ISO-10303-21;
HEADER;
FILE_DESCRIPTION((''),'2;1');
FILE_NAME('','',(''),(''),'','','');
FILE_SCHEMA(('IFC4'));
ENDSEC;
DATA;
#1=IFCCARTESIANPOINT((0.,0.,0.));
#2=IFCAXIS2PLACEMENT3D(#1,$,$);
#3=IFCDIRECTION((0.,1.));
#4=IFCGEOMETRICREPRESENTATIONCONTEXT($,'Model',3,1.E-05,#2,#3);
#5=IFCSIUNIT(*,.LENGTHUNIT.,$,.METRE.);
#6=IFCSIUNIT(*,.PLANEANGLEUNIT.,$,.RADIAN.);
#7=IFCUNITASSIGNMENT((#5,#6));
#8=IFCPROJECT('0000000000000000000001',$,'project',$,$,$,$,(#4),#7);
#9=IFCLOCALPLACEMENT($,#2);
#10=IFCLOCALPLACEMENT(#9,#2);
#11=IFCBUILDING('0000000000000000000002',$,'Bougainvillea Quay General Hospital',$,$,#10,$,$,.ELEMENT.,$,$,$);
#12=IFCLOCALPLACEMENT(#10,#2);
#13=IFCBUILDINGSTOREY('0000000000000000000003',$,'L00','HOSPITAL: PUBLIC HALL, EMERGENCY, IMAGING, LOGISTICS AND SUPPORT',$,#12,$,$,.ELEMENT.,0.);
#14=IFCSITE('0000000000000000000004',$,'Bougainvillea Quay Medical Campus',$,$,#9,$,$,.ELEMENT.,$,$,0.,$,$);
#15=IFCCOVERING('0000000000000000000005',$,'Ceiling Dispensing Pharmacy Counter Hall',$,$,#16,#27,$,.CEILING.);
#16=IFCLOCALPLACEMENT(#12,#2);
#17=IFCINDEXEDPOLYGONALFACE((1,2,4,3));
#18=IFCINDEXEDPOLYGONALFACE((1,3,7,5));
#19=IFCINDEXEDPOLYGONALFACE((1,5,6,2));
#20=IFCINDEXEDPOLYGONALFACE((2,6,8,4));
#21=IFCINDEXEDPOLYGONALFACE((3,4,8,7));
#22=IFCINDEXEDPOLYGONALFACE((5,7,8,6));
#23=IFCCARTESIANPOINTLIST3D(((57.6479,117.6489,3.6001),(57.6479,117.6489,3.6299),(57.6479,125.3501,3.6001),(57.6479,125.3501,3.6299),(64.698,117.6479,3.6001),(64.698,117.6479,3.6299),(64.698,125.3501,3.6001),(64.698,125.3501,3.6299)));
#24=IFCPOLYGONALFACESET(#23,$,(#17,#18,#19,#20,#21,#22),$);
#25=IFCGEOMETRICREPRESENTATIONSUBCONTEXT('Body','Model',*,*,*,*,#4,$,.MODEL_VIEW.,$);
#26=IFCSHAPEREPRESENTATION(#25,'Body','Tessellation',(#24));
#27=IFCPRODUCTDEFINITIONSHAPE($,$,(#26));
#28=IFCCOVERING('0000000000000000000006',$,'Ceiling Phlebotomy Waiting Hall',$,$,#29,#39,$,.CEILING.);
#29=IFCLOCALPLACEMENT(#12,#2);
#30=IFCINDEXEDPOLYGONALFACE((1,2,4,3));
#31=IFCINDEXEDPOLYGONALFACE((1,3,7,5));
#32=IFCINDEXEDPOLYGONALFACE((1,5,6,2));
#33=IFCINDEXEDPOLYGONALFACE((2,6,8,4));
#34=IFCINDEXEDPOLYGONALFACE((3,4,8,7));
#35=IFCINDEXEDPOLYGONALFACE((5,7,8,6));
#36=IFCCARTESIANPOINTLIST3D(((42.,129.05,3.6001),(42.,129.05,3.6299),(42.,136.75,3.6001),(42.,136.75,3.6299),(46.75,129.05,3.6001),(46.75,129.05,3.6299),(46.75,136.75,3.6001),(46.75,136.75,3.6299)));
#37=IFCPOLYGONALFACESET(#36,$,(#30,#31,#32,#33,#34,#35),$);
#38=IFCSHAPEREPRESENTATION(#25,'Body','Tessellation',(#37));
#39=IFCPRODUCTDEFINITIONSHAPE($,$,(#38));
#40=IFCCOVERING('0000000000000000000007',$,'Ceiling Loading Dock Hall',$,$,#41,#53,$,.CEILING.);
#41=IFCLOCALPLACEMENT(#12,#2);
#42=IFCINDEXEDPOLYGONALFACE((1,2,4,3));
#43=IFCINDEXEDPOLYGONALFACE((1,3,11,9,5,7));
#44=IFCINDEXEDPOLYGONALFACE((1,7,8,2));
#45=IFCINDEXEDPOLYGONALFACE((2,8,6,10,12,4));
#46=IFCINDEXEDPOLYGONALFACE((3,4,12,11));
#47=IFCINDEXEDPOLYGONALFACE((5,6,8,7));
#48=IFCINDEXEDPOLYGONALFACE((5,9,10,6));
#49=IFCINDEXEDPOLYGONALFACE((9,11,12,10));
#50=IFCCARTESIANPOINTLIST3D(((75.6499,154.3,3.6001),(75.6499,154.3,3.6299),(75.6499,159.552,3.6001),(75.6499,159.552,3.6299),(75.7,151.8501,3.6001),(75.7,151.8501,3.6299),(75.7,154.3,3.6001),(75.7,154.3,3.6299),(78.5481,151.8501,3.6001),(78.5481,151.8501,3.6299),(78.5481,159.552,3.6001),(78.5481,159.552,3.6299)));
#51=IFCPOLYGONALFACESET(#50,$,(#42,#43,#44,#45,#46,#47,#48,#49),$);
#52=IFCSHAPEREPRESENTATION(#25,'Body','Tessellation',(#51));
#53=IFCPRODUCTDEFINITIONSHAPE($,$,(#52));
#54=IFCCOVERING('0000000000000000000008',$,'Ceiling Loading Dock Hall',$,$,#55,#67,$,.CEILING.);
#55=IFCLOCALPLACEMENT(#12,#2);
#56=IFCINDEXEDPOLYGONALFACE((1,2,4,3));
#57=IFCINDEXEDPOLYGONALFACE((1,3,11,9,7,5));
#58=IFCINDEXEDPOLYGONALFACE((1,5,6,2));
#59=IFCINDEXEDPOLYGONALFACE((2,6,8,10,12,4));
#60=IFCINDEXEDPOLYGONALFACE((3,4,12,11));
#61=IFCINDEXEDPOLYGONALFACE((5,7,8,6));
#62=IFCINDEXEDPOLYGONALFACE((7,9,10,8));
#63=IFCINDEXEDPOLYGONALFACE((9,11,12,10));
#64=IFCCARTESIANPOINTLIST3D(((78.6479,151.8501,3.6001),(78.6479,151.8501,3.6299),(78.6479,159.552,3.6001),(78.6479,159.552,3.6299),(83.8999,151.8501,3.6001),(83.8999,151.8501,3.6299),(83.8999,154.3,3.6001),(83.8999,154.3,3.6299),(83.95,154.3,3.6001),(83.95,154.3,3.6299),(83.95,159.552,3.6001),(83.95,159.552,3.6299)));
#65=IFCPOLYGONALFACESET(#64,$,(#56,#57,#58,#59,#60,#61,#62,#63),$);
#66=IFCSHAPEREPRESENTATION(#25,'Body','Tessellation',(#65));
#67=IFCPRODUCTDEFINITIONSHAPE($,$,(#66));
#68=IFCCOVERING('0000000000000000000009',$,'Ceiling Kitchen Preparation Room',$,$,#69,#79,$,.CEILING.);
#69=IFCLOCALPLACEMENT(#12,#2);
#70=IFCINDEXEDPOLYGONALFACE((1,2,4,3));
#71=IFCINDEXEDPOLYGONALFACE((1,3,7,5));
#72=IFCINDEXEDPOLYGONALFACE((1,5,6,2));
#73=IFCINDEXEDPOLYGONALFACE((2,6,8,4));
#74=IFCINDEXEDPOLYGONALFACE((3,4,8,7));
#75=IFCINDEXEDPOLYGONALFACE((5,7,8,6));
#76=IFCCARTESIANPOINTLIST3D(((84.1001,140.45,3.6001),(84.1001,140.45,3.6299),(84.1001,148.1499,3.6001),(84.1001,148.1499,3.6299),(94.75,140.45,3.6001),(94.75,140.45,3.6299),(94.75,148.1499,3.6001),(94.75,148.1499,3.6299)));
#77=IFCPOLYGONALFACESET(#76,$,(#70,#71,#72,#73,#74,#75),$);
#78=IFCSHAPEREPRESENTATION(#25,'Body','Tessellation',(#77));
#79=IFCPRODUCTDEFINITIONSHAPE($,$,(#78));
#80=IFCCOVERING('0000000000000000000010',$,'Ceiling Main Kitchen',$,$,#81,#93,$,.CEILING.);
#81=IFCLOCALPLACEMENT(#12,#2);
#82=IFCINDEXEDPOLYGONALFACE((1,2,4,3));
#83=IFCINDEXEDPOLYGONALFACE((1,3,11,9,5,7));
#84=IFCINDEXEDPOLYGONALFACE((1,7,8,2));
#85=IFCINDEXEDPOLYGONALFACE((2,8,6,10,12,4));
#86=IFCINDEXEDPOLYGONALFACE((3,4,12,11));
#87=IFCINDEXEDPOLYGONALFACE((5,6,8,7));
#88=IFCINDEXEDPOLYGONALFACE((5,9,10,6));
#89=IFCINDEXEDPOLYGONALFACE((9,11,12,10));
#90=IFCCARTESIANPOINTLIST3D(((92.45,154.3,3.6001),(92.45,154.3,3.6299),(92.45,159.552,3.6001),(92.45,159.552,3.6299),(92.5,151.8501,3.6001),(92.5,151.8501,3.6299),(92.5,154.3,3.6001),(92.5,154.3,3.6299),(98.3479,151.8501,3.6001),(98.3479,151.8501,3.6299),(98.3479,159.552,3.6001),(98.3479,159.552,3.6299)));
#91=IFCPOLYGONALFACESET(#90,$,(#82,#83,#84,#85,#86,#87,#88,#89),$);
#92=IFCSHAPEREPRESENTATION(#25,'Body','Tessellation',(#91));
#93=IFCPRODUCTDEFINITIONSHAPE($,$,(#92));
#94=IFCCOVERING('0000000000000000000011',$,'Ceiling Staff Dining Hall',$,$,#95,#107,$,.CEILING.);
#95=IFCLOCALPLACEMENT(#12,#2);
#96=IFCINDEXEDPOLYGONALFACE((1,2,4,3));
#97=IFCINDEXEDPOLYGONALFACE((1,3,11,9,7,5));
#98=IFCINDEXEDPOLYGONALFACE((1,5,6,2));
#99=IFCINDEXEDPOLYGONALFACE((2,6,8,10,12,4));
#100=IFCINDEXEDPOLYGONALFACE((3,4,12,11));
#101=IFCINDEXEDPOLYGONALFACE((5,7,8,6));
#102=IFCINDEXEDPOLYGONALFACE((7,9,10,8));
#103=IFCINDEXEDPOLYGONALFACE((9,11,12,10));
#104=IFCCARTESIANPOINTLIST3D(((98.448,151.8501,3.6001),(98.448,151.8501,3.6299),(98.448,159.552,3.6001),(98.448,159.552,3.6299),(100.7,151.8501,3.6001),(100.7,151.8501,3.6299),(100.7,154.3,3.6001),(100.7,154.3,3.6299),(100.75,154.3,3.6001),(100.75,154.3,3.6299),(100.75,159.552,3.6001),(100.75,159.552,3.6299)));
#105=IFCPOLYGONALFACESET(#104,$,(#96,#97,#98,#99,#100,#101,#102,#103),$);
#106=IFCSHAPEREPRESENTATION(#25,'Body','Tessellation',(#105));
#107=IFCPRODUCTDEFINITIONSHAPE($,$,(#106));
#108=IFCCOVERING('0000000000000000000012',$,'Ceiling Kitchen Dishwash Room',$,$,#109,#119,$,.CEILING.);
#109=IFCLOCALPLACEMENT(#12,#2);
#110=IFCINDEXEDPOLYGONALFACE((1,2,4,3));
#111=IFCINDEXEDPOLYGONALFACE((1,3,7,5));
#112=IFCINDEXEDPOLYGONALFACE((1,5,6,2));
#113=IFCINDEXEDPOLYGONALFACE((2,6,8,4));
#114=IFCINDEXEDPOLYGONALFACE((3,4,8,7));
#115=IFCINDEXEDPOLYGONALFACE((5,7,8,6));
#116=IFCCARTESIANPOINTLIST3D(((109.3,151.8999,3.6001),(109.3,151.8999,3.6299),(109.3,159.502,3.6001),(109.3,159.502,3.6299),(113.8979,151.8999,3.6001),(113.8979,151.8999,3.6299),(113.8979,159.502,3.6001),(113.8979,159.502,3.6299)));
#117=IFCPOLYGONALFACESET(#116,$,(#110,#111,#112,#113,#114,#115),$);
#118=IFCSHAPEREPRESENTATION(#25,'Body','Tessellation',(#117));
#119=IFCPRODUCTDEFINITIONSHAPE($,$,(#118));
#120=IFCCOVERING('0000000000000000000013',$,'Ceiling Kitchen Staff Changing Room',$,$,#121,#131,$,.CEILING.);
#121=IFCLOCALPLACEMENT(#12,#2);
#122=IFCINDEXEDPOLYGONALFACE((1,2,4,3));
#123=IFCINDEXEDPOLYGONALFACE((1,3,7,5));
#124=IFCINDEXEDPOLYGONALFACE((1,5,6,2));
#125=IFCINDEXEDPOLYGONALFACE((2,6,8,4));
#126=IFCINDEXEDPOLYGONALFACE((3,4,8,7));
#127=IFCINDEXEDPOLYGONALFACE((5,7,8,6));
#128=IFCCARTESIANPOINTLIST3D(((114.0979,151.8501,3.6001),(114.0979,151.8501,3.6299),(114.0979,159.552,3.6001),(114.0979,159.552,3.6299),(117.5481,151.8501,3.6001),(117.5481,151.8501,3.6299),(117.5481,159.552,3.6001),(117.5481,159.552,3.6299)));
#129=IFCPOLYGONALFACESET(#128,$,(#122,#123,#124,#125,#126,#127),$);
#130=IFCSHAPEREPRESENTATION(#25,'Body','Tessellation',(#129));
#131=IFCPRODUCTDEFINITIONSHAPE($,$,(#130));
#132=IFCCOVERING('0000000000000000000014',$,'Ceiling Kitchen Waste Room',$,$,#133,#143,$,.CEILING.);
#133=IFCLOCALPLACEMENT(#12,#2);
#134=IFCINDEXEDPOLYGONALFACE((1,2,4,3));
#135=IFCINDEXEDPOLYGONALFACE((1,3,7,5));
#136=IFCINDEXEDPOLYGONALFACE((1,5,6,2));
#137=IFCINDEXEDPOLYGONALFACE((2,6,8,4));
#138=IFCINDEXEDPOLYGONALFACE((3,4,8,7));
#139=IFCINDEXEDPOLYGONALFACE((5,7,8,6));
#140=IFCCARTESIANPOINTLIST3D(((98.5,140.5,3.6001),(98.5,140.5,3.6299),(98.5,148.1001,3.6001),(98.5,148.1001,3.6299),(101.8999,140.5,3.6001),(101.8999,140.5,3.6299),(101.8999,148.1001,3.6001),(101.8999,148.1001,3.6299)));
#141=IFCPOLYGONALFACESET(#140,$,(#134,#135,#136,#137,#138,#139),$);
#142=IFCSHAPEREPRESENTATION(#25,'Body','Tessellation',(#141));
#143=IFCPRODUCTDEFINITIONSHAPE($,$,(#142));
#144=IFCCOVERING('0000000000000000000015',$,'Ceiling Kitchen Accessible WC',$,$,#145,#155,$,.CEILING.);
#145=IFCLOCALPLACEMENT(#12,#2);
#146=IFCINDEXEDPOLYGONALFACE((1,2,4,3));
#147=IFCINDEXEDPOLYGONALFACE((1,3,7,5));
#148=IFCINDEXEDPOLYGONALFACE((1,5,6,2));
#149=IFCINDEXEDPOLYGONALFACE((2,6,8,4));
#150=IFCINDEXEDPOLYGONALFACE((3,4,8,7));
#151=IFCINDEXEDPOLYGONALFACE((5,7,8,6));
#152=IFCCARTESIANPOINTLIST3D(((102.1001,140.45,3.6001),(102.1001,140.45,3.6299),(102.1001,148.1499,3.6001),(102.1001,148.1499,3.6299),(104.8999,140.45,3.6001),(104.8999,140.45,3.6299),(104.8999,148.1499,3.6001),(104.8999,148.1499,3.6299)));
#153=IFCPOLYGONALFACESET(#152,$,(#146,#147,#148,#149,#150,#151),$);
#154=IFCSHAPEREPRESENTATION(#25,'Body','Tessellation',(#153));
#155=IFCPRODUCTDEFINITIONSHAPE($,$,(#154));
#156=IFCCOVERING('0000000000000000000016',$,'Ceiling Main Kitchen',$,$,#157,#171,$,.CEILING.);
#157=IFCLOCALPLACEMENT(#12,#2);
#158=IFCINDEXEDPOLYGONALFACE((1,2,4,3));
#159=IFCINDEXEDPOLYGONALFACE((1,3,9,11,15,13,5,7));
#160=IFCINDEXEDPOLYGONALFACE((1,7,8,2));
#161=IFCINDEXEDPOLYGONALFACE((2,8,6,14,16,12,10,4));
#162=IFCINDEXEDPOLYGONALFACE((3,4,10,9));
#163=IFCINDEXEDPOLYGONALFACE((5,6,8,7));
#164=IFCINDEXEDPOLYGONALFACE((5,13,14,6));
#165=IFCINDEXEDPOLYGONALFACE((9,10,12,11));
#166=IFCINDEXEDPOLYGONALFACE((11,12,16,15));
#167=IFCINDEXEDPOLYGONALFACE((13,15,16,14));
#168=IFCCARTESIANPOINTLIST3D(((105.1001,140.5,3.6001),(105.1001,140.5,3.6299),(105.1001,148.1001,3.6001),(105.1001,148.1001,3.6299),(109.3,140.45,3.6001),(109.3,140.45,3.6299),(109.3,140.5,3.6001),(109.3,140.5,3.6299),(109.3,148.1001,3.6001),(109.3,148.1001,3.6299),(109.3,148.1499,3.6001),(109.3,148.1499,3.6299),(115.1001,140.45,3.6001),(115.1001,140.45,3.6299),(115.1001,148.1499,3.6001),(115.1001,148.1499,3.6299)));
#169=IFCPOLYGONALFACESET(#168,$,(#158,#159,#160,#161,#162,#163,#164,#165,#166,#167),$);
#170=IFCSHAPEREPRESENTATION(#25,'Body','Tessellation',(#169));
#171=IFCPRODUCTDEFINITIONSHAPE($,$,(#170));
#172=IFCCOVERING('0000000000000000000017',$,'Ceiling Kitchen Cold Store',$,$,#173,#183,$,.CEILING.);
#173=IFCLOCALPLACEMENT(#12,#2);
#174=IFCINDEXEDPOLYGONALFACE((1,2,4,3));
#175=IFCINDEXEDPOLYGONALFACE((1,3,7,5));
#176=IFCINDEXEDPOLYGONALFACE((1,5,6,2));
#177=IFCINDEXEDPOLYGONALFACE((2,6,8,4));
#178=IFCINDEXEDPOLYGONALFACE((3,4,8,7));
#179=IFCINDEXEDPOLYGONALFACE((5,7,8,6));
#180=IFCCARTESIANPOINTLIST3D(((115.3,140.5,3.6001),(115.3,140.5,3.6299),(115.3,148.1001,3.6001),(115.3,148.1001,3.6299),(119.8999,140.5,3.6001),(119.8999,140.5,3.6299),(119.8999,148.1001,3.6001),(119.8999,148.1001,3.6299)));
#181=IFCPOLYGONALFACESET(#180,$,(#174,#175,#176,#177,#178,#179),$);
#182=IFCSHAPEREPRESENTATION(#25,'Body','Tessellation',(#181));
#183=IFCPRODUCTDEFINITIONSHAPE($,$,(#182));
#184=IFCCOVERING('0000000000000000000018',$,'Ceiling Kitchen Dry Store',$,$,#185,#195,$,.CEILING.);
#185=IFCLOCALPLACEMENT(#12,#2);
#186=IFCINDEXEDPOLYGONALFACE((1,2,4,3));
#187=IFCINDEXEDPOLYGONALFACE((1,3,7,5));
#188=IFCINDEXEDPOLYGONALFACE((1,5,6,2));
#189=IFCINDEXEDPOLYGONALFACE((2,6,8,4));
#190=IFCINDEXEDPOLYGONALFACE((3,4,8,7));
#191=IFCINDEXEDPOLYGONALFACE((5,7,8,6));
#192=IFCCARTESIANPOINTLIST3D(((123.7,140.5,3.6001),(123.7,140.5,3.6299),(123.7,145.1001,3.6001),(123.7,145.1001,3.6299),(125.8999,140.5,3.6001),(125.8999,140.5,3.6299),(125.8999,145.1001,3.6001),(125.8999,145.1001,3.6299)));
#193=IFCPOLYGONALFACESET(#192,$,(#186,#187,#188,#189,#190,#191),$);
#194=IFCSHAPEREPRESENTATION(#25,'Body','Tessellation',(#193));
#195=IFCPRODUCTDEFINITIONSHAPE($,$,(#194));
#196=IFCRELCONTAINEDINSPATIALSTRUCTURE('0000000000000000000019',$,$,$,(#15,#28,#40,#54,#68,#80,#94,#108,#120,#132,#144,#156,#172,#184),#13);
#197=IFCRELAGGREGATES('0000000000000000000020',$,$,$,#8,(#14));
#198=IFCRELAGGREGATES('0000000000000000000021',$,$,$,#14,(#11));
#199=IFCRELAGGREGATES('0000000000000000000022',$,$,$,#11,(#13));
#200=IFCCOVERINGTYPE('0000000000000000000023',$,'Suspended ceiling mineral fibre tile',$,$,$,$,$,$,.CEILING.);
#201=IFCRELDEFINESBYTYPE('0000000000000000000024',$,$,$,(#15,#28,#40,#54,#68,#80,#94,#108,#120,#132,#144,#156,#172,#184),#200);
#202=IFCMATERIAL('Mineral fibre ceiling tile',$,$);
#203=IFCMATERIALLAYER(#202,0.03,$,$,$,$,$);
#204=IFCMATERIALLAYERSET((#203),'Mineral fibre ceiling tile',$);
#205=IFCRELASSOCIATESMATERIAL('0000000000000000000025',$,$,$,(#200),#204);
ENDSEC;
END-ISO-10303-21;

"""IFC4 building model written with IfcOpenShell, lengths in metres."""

from ifc_helpers import new_model, si_unit, direction, frame, origin, place, context, subcontext, project, spatial, polyline, outline, extrude, material, layer, layer_set, type_object, element, save


model = new_model("IFC4")

# Units and contexts
model_context = context("Model", 3, precision=1e-05, world=origin(), true_north=direction((0.0, 1.0)))
body_context = subcontext(model_context, "Body", "Model", "MODEL_VIEW")
ifc_project = project(units=[si_unit("LENGTHUNIT", "METRE"), si_unit("PLANEANGLEUNIT", "RADIAN")], contexts=[model_context])

# Site, building, storey
site_placement = place(None, origin())
site = spatial("IfcSite", under=ifc_project, at=site_placement, Name="Bougainvillea Quay Medical Campus", CompositionType="ELEMENT", RefElevation=0.0)
building_placement = place(site_placement, origin())
building = spatial("IfcBuilding", under=site, at=building_placement, Name="Bougainvillea Quay General Hospital", CompositionType="ELEMENT")
storey_placement = place(building_placement, origin())
storey = spatial("IfcBuildingStorey", under=building, at=storey_placement, Name="L00", Description="HOSPITAL: PUBLIC HALL, EMERGENCY, IMAGING, LOGISTICS AND SUPPORT", CompositionType="ELEMENT", Elevation=0.0)

# Coverings
ifc_material = material(Name="Mineral fibre ceiling tile")
ifc_layer = layer(ifc_material, 0.03)
ifc_layer_set = layer_set([ifc_layer], Name="Mineral fibre ceiling tile")
covering_type = type_object("IfcCoveringType", Name="Suspended ceiling mineral fibre tile", PredefinedType="CEILING", material=ifc_layer_set)
covering_1_placement = place(storey_placement, frame((0.0, 0.0, 3.6001)))
element("IfcCovering", 1, at=covering_1_placement, inside=storey, type_object=covering_type, Name="Ceiling Dispensing Pharmacy Counter Hall", PredefinedType="CEILING", context=body_context, shape_type="SweptSolid", body=[
    extrude(outline(polyline([(57.6479, 125.3501), (57.6479, 117.6489), (64.698, 117.6479), (64.698, 125.3501), (57.6479, 125.3501)])), origin(), (0.0, 0.0, 1.0), 0.0298),
])
covering_2_placement = place(storey_placement, frame((0.0, 0.0, 3.6001)))
element("IfcCovering", 2, at=covering_2_placement, inside=storey, type_object=covering_type, Name="Ceiling Phlebotomy Waiting Hall", PredefinedType="CEILING", context=body_context, shape_type="SweptSolid", body=[
    extrude(outline(polyline([(42.0, 129.05), (46.75, 129.05), (46.75, 136.75), (42.0, 136.75), (42.0, 129.05)])), origin(), (0.0, 0.0, 1.0), 0.0298),
])
covering_3_placement = place(storey_placement, frame((0.0, 0.0, 3.6001)))
element("IfcCovering", 3, at=covering_3_placement, inside=storey, type_object=covering_type, Name="Ceiling Loading Dock Hall", PredefinedType="CEILING", context=body_context, shape_type="SweptSolid", body=[
    extrude(outline(polyline([(78.5481, 151.8501), (78.5481, 159.552), (75.6499, 159.552), (75.6499, 154.3), (75.7, 154.3), (75.7, 151.8501), (78.5481, 151.8501)])), origin(), (0.0, 0.0, 1.0), 0.0298),
])
covering_4_placement = place(storey_placement, frame((0.0, 0.0, 3.6001)))
element("IfcCovering", 4, at=covering_4_placement, inside=storey, type_object=covering_type, Name="Ceiling Loading Dock Hall", PredefinedType="CEILING", context=body_context, shape_type="SweptSolid", body=[
    extrude(outline(polyline([(83.95, 154.3), (83.95, 159.552), (78.6479, 159.552), (78.6479, 151.8501), (83.8999, 151.8501), (83.8999, 154.3), (83.95, 154.3)])), origin(), (0.0, 0.0, 1.0), 0.0298),
])
covering_5_placement = place(storey_placement, frame((0.0, 0.0, 3.6001)))
element("IfcCovering", 5, at=covering_5_placement, inside=storey, type_object=covering_type, Name="Ceiling Kitchen Preparation Room", PredefinedType="CEILING", context=body_context, shape_type="SweptSolid", body=[
    extrude(outline(polyline([(94.75, 148.1499), (84.1001, 148.1499), (84.1001, 140.45), (94.75, 140.45), (94.75, 148.1499)])), origin(), (0.0, 0.0, 1.0), 0.0298),
])
covering_6_placement = place(storey_placement, frame((0.0, 0.0, 3.6001)))
element("IfcCovering", 6, at=covering_6_placement, inside=storey, type_object=covering_type, Name="Ceiling Main Kitchen", PredefinedType="CEILING", context=body_context, shape_type="SweptSolid", body=[
    extrude(outline(polyline([(98.3479, 151.8501), (98.3479, 159.552), (92.45, 159.552), (92.45, 154.3), (92.5, 154.3), (92.5, 151.8501), (98.3479, 151.8501)])), origin(), (0.0, 0.0, 1.0), 0.0298),
])
covering_7_placement = place(storey_placement, frame((0.0, 0.0, 3.6001)))
element("IfcCovering", 7, at=covering_7_placement, inside=storey, type_object=covering_type, Name="Ceiling Staff Dining Hall", PredefinedType="CEILING", context=body_context, shape_type="SweptSolid", body=[
    extrude(outline(polyline([(98.448, 159.552), (98.448, 151.8501), (100.7, 151.8501), (100.7, 154.3), (100.75, 154.3), (100.75, 159.552), (98.448, 159.552)])), origin(), (0.0, 0.0, 1.0), 0.0298),
])
covering_8_placement = place(storey_placement, frame((0.0, 0.0, 3.6001)))
element("IfcCovering", 8, at=covering_8_placement, inside=storey, type_object=covering_type, Name="Ceiling Kitchen Dishwash Room", PredefinedType="CEILING", context=body_context, shape_type="SweptSolid", body=[
    extrude(outline(polyline([(113.8979, 159.502), (109.3, 159.502), (109.3, 151.8999), (113.8979, 151.8999), (113.8979, 159.502)])), origin(), (0.0, 0.0, 1.0), 0.0298),
])
covering_9_placement = place(storey_placement, frame((0.0, 0.0, 3.6001)))
element("IfcCovering", 9, at=covering_9_placement, inside=storey, type_object=covering_type, Name="Ceiling Kitchen Staff Changing Room", PredefinedType="CEILING", context=body_context, shape_type="SweptSolid", body=[
    extrude(outline(polyline([(114.0979, 159.552), (114.0979, 151.8501), (117.5481, 151.8501), (117.5481, 159.552), (114.0979, 159.552)])), origin(), (0.0, 0.0, 1.0), 0.0298),
])
covering_10_placement = place(storey_placement, frame((0.0, 0.0, 3.6001)))
element("IfcCovering", 10, at=covering_10_placement, inside=storey, type_object=covering_type, Name="Ceiling Kitchen Waste Room", PredefinedType="CEILING", context=body_context, shape_type="SweptSolid", body=[
    extrude(outline(polyline([(98.5, 148.1001), (98.5, 140.5), (101.8999, 140.5), (101.8999, 148.1001), (98.5, 148.1001)])), origin(), (0.0, 0.0, 1.0), 0.0298),
])
covering_11_placement = place(storey_placement, frame((0.0, 0.0, 3.6001)))
element("IfcCovering", 11, at=covering_11_placement, inside=storey, type_object=covering_type, Name="Ceiling Kitchen Accessible WC", PredefinedType="CEILING", context=body_context, shape_type="SweptSolid", body=[
    extrude(outline(polyline([(102.1001, 140.45), (104.8999, 140.45), (104.8999, 148.1499), (102.1001, 148.1499), (102.1001, 140.45)])), origin(), (0.0, 0.0, 1.0), 0.0298),
])
covering_12_placement = place(storey_placement, frame((0.0, 0.0, 3.6001)))
element("IfcCovering", 12, at=covering_12_placement, inside=storey, type_object=covering_type, Name="Ceiling Main Kitchen", PredefinedType="CEILING", context=body_context, shape_type="SweptSolid", body=[
    extrude(outline(polyline([(109.3, 140.45), (115.1001, 140.45), (115.1001, 148.1499), (109.3, 148.1499), (109.3, 148.1001), (105.1001, 148.1001), (105.1001, 140.5), (109.3, 140.5), (109.3, 140.45)])), origin(), (0.0, 0.0, 1.0), 0.0298),
])
covering_13_placement = place(storey_placement, frame((0.0, 0.0, 3.6001)))
element("IfcCovering", 13, at=covering_13_placement, inside=storey, type_object=covering_type, Name="Ceiling Kitchen Cold Store", PredefinedType="CEILING", context=body_context, shape_type="SweptSolid", body=[
    extrude(outline(polyline([(115.3, 140.5), (119.8999, 140.5), (119.8999, 148.1001), (115.3, 148.1001), (115.3, 140.5)])), origin(), (0.0, 0.0, 1.0), 0.0298),
])
covering_14_placement = place(storey_placement, frame((0.0, 0.0, 3.6001)))
element("IfcCovering", 14, at=covering_14_placement, inside=storey, type_object=covering_type, Name="Ceiling Kitchen Dry Store", PredefinedType="CEILING", context=body_context, shape_type="SweptSolid", body=[
    extrude(outline(polyline([(123.7, 140.5), (125.8999, 140.5), (125.8999, 145.1001), (123.7, 145.1001), (123.7, 140.5)])), origin(), (0.0, 0.0, 1.0), 0.0298),
])

save(model, "model.ifc")
